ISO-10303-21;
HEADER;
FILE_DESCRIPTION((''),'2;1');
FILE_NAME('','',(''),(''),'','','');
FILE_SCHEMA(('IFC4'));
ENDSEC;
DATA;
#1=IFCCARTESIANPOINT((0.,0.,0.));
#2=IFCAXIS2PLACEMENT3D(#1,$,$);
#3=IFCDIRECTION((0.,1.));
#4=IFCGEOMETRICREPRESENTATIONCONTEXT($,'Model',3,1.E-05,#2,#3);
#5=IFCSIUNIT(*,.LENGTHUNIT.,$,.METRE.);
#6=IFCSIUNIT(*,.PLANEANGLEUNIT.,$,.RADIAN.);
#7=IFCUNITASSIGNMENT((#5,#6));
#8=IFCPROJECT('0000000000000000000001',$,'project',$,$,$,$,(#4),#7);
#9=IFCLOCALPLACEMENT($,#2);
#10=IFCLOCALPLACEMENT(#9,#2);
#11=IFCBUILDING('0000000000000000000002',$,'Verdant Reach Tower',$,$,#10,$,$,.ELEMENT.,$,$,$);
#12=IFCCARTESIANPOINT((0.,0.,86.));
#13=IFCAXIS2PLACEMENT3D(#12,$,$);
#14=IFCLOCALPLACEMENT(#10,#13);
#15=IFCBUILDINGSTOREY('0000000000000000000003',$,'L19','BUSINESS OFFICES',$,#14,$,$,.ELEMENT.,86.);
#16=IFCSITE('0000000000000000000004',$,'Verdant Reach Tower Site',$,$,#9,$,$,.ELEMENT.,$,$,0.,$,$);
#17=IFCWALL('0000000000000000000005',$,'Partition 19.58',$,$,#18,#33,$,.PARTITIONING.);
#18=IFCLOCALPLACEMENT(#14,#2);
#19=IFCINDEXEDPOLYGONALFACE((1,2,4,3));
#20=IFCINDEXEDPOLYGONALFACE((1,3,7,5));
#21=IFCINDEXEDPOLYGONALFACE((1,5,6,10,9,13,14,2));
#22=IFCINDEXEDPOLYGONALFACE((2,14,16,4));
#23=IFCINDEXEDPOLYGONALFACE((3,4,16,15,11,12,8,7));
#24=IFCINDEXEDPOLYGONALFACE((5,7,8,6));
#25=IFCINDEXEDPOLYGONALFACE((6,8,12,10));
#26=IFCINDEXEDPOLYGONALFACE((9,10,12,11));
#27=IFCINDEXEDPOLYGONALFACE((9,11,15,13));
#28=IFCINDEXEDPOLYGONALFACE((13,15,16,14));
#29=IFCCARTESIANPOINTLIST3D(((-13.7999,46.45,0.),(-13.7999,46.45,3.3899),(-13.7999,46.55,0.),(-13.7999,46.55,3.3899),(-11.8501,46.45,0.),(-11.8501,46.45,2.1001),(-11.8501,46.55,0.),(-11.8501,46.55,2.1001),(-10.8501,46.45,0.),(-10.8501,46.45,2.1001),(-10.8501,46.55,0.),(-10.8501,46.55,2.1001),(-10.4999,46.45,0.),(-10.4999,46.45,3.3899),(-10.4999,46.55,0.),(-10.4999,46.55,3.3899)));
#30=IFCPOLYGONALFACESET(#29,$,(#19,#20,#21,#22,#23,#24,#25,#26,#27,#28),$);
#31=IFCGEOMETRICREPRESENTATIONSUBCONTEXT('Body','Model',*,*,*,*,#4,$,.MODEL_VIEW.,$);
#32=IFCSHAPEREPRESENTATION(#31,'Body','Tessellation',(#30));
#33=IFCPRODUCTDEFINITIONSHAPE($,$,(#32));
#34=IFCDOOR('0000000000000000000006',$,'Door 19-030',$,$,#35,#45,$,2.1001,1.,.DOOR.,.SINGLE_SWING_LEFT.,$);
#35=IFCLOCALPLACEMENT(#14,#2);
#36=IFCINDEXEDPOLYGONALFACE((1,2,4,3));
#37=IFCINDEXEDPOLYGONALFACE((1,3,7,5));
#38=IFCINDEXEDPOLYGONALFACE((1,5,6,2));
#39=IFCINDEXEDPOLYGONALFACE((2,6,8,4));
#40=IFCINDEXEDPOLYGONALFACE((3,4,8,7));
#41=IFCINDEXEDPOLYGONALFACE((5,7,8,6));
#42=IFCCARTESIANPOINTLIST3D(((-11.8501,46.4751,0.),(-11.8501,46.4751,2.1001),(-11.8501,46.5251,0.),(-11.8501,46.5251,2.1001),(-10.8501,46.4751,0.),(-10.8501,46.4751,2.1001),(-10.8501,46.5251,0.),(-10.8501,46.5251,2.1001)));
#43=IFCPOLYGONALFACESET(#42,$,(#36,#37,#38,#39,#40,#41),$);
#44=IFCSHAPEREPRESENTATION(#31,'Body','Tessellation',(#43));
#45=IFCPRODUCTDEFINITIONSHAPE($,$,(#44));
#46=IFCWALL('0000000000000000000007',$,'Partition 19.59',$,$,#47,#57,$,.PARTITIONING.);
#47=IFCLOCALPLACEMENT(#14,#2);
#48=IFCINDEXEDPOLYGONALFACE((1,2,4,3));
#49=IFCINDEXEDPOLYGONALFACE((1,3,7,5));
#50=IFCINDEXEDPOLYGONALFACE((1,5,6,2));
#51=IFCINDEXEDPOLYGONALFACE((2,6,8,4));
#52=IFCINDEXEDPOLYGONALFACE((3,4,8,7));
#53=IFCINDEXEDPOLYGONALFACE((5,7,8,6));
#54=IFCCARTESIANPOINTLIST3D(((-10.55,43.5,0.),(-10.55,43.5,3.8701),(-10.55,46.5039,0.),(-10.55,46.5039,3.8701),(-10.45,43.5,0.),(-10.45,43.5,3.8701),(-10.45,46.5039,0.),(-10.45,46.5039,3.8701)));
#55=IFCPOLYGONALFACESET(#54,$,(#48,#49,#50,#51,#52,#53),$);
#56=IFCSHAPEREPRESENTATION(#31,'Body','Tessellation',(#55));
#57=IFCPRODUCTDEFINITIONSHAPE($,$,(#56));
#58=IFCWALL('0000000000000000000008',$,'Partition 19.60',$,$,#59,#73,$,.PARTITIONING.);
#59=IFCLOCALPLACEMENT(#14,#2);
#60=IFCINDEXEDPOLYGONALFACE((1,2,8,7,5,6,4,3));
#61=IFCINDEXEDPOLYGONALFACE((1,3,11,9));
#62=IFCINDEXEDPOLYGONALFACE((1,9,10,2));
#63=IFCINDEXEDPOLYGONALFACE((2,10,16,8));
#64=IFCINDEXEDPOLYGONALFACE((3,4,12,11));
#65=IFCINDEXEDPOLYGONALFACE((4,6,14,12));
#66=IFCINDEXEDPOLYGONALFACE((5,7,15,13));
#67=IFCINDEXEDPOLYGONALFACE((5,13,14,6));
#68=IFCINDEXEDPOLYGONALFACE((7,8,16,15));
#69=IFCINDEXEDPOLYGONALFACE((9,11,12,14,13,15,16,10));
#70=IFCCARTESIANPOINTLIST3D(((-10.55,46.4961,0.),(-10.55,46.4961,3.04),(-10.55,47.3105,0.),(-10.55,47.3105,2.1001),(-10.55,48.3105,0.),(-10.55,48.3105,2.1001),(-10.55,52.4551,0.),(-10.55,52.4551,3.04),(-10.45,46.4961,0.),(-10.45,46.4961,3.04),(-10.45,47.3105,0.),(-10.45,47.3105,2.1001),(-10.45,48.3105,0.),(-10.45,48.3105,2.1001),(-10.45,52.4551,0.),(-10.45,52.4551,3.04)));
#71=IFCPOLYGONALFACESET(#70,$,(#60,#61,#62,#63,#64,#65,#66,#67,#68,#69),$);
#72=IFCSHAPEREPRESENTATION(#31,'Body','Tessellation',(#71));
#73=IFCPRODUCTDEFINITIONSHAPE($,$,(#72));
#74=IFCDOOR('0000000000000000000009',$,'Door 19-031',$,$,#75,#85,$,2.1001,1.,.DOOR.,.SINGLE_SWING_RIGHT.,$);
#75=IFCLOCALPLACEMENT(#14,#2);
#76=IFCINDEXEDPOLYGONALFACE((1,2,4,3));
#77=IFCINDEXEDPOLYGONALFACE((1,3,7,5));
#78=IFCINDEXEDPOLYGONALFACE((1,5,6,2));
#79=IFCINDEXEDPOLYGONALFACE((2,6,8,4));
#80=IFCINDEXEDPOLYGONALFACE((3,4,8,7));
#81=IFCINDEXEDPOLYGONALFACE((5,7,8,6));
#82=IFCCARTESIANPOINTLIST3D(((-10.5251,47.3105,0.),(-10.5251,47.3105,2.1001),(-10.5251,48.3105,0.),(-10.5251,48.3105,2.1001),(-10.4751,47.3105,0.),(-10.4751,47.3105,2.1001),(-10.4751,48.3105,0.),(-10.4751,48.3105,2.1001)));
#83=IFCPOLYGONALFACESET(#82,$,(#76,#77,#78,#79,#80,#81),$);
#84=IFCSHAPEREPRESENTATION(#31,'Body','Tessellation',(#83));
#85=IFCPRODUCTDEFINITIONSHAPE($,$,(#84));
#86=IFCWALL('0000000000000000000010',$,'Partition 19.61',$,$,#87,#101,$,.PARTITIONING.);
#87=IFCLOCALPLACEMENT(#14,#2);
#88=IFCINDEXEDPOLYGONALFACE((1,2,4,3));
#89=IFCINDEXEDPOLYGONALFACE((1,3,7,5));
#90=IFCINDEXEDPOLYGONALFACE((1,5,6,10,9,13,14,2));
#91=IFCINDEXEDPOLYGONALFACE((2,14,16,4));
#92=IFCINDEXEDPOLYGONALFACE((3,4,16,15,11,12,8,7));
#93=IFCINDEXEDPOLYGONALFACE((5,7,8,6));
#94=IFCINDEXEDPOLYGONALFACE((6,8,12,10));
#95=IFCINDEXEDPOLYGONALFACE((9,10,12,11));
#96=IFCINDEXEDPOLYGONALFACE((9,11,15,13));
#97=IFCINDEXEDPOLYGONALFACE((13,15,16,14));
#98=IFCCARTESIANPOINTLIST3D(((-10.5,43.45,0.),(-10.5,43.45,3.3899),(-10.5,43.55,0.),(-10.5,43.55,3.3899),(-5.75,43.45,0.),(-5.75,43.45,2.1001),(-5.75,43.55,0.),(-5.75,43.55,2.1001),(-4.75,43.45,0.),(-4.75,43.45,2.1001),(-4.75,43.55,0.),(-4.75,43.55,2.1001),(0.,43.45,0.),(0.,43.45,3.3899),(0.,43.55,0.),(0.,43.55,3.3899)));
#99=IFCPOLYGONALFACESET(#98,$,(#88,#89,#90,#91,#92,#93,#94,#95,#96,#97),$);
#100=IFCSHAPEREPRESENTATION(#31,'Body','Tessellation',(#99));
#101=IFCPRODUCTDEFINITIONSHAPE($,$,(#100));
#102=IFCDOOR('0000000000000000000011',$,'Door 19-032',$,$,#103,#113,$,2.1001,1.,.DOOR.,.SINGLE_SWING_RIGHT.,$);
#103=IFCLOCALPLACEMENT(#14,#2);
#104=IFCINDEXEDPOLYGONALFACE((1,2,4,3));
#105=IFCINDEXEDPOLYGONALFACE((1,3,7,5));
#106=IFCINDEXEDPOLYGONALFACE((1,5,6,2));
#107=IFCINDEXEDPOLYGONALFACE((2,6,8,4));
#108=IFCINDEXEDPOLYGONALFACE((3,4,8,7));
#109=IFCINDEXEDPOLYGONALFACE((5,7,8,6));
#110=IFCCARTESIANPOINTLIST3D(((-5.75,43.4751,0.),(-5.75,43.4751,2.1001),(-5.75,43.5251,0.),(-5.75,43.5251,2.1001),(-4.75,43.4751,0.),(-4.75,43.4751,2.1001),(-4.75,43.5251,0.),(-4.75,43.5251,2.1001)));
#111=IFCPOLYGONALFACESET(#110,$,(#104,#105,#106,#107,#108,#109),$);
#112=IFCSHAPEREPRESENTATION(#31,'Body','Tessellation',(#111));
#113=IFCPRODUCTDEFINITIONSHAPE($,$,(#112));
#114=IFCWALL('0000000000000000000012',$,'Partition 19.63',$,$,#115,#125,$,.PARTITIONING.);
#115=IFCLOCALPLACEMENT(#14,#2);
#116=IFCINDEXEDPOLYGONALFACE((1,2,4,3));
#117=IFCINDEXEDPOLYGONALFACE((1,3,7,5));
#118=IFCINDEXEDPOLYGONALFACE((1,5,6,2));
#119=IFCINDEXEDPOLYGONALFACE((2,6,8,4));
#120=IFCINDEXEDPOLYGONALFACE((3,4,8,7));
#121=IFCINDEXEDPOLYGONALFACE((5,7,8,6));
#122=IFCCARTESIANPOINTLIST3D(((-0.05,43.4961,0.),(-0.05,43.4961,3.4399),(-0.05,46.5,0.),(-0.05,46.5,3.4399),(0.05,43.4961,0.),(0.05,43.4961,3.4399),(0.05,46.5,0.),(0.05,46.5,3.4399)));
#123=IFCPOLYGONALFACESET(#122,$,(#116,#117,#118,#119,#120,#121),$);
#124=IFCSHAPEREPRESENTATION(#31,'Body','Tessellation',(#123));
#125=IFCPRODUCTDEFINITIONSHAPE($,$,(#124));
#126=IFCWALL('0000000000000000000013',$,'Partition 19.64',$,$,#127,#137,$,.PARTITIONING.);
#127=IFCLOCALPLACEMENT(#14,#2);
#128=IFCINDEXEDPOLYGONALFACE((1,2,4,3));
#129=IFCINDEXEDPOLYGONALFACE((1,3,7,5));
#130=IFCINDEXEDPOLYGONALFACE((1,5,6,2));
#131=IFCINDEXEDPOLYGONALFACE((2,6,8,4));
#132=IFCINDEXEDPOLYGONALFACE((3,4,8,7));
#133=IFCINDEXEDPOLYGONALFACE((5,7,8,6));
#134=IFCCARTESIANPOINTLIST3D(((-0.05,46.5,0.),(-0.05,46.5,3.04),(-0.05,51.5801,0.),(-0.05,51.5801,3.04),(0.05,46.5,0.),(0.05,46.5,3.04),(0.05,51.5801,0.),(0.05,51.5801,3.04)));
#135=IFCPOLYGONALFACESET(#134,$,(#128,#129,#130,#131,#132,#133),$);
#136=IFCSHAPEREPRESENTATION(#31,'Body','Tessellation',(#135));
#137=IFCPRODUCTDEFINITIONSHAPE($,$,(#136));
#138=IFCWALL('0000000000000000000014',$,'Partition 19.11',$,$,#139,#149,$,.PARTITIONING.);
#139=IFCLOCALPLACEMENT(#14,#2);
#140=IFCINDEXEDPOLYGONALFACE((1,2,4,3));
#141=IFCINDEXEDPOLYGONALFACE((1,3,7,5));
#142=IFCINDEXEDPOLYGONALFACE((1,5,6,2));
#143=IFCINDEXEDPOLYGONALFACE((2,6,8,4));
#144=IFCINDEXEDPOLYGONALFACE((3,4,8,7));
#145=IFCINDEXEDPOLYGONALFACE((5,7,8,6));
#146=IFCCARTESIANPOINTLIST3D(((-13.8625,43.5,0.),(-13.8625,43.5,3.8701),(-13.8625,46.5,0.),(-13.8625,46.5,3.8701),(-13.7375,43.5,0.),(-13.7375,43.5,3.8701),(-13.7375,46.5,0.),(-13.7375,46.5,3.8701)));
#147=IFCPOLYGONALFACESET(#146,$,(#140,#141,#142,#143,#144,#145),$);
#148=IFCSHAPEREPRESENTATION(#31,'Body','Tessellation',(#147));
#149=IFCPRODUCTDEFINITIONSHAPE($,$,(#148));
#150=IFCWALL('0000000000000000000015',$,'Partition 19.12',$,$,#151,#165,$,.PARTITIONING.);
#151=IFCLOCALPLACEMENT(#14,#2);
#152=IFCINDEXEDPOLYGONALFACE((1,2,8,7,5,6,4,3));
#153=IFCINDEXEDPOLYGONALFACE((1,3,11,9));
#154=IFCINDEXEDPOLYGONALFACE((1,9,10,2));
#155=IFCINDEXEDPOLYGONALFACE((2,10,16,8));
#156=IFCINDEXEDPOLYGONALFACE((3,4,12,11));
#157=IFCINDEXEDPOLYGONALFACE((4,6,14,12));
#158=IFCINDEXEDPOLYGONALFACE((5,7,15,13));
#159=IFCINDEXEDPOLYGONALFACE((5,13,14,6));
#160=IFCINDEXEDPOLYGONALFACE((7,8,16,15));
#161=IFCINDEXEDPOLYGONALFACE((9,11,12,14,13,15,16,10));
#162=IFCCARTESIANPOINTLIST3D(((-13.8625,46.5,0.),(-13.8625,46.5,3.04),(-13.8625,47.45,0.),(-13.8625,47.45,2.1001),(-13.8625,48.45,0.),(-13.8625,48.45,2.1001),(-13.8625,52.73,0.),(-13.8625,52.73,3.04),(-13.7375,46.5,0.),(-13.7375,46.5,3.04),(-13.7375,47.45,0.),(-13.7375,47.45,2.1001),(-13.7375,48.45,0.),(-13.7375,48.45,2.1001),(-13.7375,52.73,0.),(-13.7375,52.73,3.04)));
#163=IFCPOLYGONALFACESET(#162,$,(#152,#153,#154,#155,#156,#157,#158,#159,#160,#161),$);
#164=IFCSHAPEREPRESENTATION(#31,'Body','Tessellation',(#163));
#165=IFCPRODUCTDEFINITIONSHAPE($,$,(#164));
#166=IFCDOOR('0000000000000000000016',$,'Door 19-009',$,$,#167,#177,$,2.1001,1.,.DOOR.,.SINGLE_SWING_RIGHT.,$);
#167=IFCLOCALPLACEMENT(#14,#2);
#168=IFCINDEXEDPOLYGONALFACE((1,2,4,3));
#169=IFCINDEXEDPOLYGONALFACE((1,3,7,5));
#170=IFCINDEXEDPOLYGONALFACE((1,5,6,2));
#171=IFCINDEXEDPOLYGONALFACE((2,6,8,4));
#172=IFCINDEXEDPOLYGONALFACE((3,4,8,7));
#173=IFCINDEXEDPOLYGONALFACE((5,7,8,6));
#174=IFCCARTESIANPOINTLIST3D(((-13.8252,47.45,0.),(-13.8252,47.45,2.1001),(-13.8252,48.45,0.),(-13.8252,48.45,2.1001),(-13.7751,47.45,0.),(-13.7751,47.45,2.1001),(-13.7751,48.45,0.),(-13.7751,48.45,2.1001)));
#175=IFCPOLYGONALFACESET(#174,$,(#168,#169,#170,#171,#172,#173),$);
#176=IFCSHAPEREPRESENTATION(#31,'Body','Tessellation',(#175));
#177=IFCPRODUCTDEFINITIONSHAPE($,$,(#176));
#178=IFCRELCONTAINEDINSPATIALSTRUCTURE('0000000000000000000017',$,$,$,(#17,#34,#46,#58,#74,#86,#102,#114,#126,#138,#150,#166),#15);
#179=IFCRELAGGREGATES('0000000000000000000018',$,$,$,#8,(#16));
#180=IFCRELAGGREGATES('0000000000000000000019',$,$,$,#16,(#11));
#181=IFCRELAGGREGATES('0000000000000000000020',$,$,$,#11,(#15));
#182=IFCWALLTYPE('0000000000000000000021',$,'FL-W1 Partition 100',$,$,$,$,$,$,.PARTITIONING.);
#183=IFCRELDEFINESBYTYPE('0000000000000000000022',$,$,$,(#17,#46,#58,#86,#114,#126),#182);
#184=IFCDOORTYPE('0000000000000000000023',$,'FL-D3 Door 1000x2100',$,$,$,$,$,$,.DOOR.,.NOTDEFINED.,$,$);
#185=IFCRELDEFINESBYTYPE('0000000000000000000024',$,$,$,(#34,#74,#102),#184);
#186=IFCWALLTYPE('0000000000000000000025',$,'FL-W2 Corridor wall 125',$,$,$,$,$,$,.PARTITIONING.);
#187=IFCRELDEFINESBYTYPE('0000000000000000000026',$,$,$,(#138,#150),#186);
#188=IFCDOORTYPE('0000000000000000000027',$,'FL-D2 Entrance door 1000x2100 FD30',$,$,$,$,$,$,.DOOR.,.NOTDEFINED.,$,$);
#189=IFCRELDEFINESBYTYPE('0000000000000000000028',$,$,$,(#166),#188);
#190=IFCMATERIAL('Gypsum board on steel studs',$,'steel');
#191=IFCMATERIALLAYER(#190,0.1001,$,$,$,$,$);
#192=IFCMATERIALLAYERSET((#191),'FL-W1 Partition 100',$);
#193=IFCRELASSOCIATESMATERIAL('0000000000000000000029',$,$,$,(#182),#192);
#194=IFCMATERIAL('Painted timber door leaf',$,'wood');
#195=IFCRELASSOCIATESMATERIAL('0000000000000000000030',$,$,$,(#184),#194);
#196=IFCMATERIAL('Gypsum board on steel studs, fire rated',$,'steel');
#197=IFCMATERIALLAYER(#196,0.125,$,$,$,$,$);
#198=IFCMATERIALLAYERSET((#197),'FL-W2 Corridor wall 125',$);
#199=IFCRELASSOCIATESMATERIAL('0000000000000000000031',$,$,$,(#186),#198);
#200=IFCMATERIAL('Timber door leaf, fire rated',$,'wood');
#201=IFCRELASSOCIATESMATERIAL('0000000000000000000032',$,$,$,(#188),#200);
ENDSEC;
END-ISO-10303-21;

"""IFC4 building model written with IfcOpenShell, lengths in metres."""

from ifc_helpers import new_model, si_unit, direction, frame, frame_2d, origin, place, context, subcontext, project, spatial, rectangle, extrude, material, layer, layer_set, type_object, element, fill, save


model = new_model("IFC4")

# Units and contexts
model_context = context("Model", 3, precision=1e-05, world=origin(), true_north=direction((0.0, 1.0)))
body_context = subcontext(model_context, "Body", "Model", "MODEL_VIEW")
ifc_project = project(units=[si_unit("LENGTHUNIT", "METRE"), si_unit("PLANEANGLEUNIT", "RADIAN")], contexts=[model_context])

# Site, building, storey
site_placement = place(None, origin())
site = spatial("IfcSite", under=ifc_project, at=site_placement, Name="Verdant Reach Tower Site", CompositionType="ELEMENT", RefElevation=0.0)
building_placement = place(site_placement, origin())
building = spatial("IfcBuilding", under=site, at=building_placement, Name="Verdant Reach Tower", CompositionType="ELEMENT")
storey_placement = place(building_placement, frame((0.0, 0.0, 86.0)))
storey = spatial("IfcBuildingStorey", under=building, at=storey_placement, Name="L19", Description="BUSINESS OFFICES", CompositionType="ELEMENT", Elevation=86.0)

# Wall, opening, door
ifc_material_1 = material(Name="Gypsum board on steel studs", Category="steel")
ifc_layer_1 = layer(ifc_material_1, 0.1001)
ifc_layer_set_1 = layer_set([ifc_layer_1], Name="FL-W1 Partition 100")
wall_type_1 = type_object("IfcWallType", Name="FL-W1 Partition 100", PredefinedType="PARTITIONING", material=ifc_layer_set_1)
ifc_material_2 = material(Name="Painted timber door leaf", Category="wood")
door_type_1 = type_object("IfcDoorType", Name="FL-D3 Door 1000x2100", OperationType="NOTDEFINED", PredefinedType="DOOR", material=ifc_material_2)
wall_1_placement = place(storey_placement, frame((-10.5, 46.5, 0.0), z_axis=(0.0, 0.0, 1.0), x_axis=(-1.0, 0.0, 0.0)))
wall_1 = element("IfcWall", 1, at=wall_1_placement, inside=storey, type_object=wall_type_1, Name="Partition 19.58", PredefinedType="PARTITIONING", context=body_context, shape_type="SweptSolid", body=[
    extrude(rectangle(XDim=3.3, YDim=0.1001, at=frame_2d((1.6499, 0.0))), origin(), (0.0, 0.0, 1.0), 3.3899),
])
opening_1_placement = place(wall_1_placement, frame((0.3501, 0.0, 0.0)))
opening_1 = element("IfcOpeningElement", 2, at=opening_1_placement, cuts=wall_1, PredefinedType="OPENING", context=body_context, shape_type="SweptSolid", body=[
    extrude(rectangle(XDim=1.0, YDim=2.1001, at=frame_2d((0.5, 1.05))), frame((0.0, 0.0601, 0.0), z_axis=(0.0, -1.0, 0.0), x_axis=(1.0, 0.0, 0.0)), (0.0, 0.0, 1.0), 0.1201),
])
door_1_placement = place(opening_1_placement, origin())
door_1 = element("IfcDoor", 3, at=door_1_placement, inside=storey, type_object=door_type_1, Name="Door 19-030", OperationType="SINGLE_SWING_LEFT", OverallHeight=2.1001, OverallWidth=1.0, PredefinedType="DOOR", context=body_context, shape_type="SweptSolid", body=[
    extrude(rectangle(XDim=1.0, YDim=2.1001, at=frame_2d((0.5, 1.05))), frame((0.0, 0.0249, 0.0), z_axis=(0.0, -1.0, 0.0), x_axis=(1.0, 0.0, 0.0)), (0.0, 0.0, 1.0), 0.05),
])
fill(opening_1, door_1)

# Wall
wall_2_placement = place(storey_placement, frame((-10.5, 43.5, 0.0), z_axis=(0.0, 0.0, 1.0), x_axis=(0.0, 1.0, 0.0)))
element("IfcWall", 4, at=wall_2_placement, inside=storey, type_object=wall_type_1, Name="Partition 19.59", PredefinedType="PARTITIONING", context=body_context, shape_type="SweptSolid", body=[
    extrude(rectangle(XDim=3.0039, YDim=0.1001, at=frame_2d((1.502, 0.0))), origin(), (0.0, 0.0, 1.0), 3.8701),
])

# Walls, openings, doors
wall_3_placement = place(storey_placement, frame((-10.5, 52.4551, 0.0), z_axis=(0.0, 0.0, 1.0), x_axis=(0.0, -1.0, 0.0)))
wall_3 = element("IfcWall", 5, at=wall_3_placement, inside=storey, type_object=wall_type_1, Name="Partition 19.60", PredefinedType="PARTITIONING", context=body_context, shape_type="SweptSolid", body=[
    extrude(rectangle(XDim=5.959, YDim=0.1001, at=frame_2d((2.9795, 0.0))), origin(), (0.0, 0.0, 1.0), 3.04),
])
opening_2_placement = place(wall_3_placement, frame((4.1445, 0.0, 0.0)))
opening_2 = element("IfcOpeningElement", 6, at=opening_2_placement, cuts=wall_3, PredefinedType="OPENING", context=body_context, shape_type="SweptSolid", body=[
    extrude(rectangle(XDim=1.0, YDim=2.1001, at=frame_2d((0.5, 1.05))), frame((0.0, 0.0601, 0.0), z_axis=(0.0, -1.0, 0.0), x_axis=(1.0, 0.0, 0.0)), (0.0, 0.0, 1.0), 0.1201),
])
door_2_placement = place(opening_2_placement, origin())
door_2 = element("IfcDoor", 7, at=door_2_placement, inside=storey, type_object=door_type_1, Name="Door 19-031", OperationType="SINGLE_SWING_RIGHT", OverallHeight=2.1001, OverallWidth=1.0, PredefinedType="DOOR", context=body_context, shape_type="SweptSolid", body=[
    extrude(rectangle(XDim=1.0, YDim=2.1001, at=frame_2d((0.5, 1.05))), frame((0.0, 0.0249, 0.0), z_axis=(0.0, -1.0, 0.0), x_axis=(1.0, 0.0, 0.0)), (0.0, 0.0, 1.0), 0.05),
])
fill(opening_2, door_2)
wall_4_placement = place(storey_placement, frame((0.0, 43.5, 0.0), z_axis=(0.0, 0.0, 1.0), x_axis=(-1.0, 0.0, 0.0)))
wall_4 = element("IfcWall", 8, at=wall_4_placement, inside=storey, type_object=wall_type_1, Name="Partition 19.61", PredefinedType="PARTITIONING", context=body_context, shape_type="SweptSolid", body=[
    extrude(rectangle(XDim=10.5, YDim=0.1001, at=frame_2d((5.25, 0.0))), origin(), (0.0, 0.0, 1.0), 3.3899),
])
opening_3_placement = place(wall_4_placement, frame((4.75, 0.0, 0.0)))
opening_3 = element("IfcOpeningElement", 9, at=opening_3_placement, cuts=wall_4, PredefinedType="OPENING", context=body_context, shape_type="SweptSolid", body=[
    extrude(rectangle(XDim=1.0, YDim=2.1001, at=frame_2d((0.5, 1.05))), frame((0.0, 0.0601, 0.0), z_axis=(0.0, -1.0, 0.0), x_axis=(1.0, 0.0, 0.0)), (0.0, 0.0, 1.0), 0.1201),
])
door_3_placement = place(opening_3_placement, origin())
door_3 = element("IfcDoor", 10, at=door_3_placement, inside=storey, type_object=door_type_1, Name="Door 19-032", OperationType="SINGLE_SWING_RIGHT", OverallHeight=2.1001, OverallWidth=1.0, PredefinedType="DOOR", context=body_context, shape_type="SweptSolid", body=[
    extrude(rectangle(XDim=1.0, YDim=2.1001, at=frame_2d((0.5, 1.05))), frame((0.0, 0.0249, 0.0), z_axis=(0.0, -1.0, 0.0), x_axis=(1.0, 0.0, 0.0)), (0.0, 0.0, 1.0), 0.05),
])
fill(opening_3, door_3)

# Walls
wall_5_placement = place(storey_placement, frame((0.0, 43.4961, 0.0), z_axis=(0.0, 0.0, 1.0), x_axis=(0.0, 1.0, 0.0)))
element("IfcWall", 11, at=wall_5_placement, inside=storey, type_object=wall_type_1, Name="Partition 19.63", PredefinedType="PARTITIONING", context=body_context, shape_type="SweptSolid", body=[
    extrude(rectangle(XDim=3.0039, YDim=0.1001, at=frame_2d((1.502, 0.0))), origin(), (0.0, 0.0, 1.0), 3.4399),
])
wall_6_placement = place(storey_placement, frame((0.0, 46.5, 0.0), z_axis=(0.0, 0.0, 1.0), x_axis=(0.0, 1.0, 0.0)))
element("IfcWall", 12, at=wall_6_placement, inside=storey, type_object=wall_type_1, Name="Partition 19.64", PredefinedType="PARTITIONING", context=body_context, shape_type="SweptSolid", body=[
    extrude(rectangle(XDim=5.0801, YDim=0.1001, at=frame_2d((2.54, 0.0))), origin(), (0.0, 0.0, 1.0), 3.04),
])
ifc_material_3 = material(Name="Gypsum board on steel studs, fire rated", Category="steel")
ifc_layer_2 = layer(ifc_material_3, 0.125)
ifc_layer_set_2 = layer_set([ifc_layer_2], Name="FL-W2 Corridor wall 125")
wall_type_2 = type_object("IfcWallType", Name="FL-W2 Corridor wall 125", PredefinedType="PARTITIONING", material=ifc_layer_set_2)
wall_7_placement = place(storey_placement, frame((-13.8, 43.5, 0.0), z_axis=(0.0, 0.0, 1.0), x_axis=(0.0, 1.0, 0.0)))
element("IfcWall", 13, at=wall_7_placement, inside=storey, type_object=wall_type_2, Name="Partition 19.11", PredefinedType="PARTITIONING", context=body_context, shape_type="SweptSolid", body=[
    extrude(rectangle(XDim=3.0, YDim=0.125, at=frame_2d((1.5, 0.0))), origin(), (0.0, 0.0, 1.0), 3.8701),
])

# Wall, opening, door
wall_8_placement = place(storey_placement, frame((-13.8, 52.73, 0.0), z_axis=(0.0, 0.0, 1.0), x_axis=(0.0, -1.0, 0.0)))
wall_8 = element("IfcWall", 14, at=wall_8_placement, inside=storey, type_object=wall_type_2, Name="Partition 19.12", PredefinedType="PARTITIONING", context=body_context, shape_type="SweptSolid", body=[
    extrude(rectangle(XDim=6.23, YDim=0.125, at=frame_2d((3.115, 0.0))), origin(), (0.0, 0.0, 1.0), 3.04),
])
opening_4_placement = place(wall_8_placement, frame((4.28, 0.0, 0.0)))
opening_4 = element("IfcOpeningElement", 15, at=opening_4_placement, cuts=wall_8, PredefinedType="OPENING", context=body_context, shape_type="SweptSolid", body=[
    extrude(rectangle(XDim=1.0, YDim=2.1001, at=frame_2d((0.5, 1.05))), frame((0.0, 0.0725, 0.0), z_axis=(0.0, -1.0, 0.0), x_axis=(1.0, 0.0, 0.0)), (0.0, 0.0, 1.0), 0.145),
])
ifc_material_4 = material(Name="Timber door leaf, fire rated", Category="wood")
door_type_2 = type_object("IfcDoorType", Name="FL-D2 Entrance door 1000x2100 FD30", OperationType="NOTDEFINED", PredefinedType="DOOR", material=ifc_material_4)
door_4_placement = place(opening_4_placement, origin())
door_4 = element("IfcDoor", 16, at=door_4_placement, inside=storey, type_object=door_type_2, Name="Door 19-009", OperationType="SINGLE_SWING_RIGHT", OverallHeight=2.1001, OverallWidth=1.0, PredefinedType="DOOR", context=body_context, shape_type="SweptSolid", body=[
    extrude(rectangle(XDim=1.0, YDim=2.1001, at=frame_2d((0.5, 1.05))), frame((0.0, 0.0249, 0.0), z_axis=(0.0, -1.0, 0.0), x_axis=(1.0, 0.0, 0.0)), (0.0, 0.0, 1.0), 0.05),
])
fill(opening_4, door_4)

save(model, "model.ifc")
